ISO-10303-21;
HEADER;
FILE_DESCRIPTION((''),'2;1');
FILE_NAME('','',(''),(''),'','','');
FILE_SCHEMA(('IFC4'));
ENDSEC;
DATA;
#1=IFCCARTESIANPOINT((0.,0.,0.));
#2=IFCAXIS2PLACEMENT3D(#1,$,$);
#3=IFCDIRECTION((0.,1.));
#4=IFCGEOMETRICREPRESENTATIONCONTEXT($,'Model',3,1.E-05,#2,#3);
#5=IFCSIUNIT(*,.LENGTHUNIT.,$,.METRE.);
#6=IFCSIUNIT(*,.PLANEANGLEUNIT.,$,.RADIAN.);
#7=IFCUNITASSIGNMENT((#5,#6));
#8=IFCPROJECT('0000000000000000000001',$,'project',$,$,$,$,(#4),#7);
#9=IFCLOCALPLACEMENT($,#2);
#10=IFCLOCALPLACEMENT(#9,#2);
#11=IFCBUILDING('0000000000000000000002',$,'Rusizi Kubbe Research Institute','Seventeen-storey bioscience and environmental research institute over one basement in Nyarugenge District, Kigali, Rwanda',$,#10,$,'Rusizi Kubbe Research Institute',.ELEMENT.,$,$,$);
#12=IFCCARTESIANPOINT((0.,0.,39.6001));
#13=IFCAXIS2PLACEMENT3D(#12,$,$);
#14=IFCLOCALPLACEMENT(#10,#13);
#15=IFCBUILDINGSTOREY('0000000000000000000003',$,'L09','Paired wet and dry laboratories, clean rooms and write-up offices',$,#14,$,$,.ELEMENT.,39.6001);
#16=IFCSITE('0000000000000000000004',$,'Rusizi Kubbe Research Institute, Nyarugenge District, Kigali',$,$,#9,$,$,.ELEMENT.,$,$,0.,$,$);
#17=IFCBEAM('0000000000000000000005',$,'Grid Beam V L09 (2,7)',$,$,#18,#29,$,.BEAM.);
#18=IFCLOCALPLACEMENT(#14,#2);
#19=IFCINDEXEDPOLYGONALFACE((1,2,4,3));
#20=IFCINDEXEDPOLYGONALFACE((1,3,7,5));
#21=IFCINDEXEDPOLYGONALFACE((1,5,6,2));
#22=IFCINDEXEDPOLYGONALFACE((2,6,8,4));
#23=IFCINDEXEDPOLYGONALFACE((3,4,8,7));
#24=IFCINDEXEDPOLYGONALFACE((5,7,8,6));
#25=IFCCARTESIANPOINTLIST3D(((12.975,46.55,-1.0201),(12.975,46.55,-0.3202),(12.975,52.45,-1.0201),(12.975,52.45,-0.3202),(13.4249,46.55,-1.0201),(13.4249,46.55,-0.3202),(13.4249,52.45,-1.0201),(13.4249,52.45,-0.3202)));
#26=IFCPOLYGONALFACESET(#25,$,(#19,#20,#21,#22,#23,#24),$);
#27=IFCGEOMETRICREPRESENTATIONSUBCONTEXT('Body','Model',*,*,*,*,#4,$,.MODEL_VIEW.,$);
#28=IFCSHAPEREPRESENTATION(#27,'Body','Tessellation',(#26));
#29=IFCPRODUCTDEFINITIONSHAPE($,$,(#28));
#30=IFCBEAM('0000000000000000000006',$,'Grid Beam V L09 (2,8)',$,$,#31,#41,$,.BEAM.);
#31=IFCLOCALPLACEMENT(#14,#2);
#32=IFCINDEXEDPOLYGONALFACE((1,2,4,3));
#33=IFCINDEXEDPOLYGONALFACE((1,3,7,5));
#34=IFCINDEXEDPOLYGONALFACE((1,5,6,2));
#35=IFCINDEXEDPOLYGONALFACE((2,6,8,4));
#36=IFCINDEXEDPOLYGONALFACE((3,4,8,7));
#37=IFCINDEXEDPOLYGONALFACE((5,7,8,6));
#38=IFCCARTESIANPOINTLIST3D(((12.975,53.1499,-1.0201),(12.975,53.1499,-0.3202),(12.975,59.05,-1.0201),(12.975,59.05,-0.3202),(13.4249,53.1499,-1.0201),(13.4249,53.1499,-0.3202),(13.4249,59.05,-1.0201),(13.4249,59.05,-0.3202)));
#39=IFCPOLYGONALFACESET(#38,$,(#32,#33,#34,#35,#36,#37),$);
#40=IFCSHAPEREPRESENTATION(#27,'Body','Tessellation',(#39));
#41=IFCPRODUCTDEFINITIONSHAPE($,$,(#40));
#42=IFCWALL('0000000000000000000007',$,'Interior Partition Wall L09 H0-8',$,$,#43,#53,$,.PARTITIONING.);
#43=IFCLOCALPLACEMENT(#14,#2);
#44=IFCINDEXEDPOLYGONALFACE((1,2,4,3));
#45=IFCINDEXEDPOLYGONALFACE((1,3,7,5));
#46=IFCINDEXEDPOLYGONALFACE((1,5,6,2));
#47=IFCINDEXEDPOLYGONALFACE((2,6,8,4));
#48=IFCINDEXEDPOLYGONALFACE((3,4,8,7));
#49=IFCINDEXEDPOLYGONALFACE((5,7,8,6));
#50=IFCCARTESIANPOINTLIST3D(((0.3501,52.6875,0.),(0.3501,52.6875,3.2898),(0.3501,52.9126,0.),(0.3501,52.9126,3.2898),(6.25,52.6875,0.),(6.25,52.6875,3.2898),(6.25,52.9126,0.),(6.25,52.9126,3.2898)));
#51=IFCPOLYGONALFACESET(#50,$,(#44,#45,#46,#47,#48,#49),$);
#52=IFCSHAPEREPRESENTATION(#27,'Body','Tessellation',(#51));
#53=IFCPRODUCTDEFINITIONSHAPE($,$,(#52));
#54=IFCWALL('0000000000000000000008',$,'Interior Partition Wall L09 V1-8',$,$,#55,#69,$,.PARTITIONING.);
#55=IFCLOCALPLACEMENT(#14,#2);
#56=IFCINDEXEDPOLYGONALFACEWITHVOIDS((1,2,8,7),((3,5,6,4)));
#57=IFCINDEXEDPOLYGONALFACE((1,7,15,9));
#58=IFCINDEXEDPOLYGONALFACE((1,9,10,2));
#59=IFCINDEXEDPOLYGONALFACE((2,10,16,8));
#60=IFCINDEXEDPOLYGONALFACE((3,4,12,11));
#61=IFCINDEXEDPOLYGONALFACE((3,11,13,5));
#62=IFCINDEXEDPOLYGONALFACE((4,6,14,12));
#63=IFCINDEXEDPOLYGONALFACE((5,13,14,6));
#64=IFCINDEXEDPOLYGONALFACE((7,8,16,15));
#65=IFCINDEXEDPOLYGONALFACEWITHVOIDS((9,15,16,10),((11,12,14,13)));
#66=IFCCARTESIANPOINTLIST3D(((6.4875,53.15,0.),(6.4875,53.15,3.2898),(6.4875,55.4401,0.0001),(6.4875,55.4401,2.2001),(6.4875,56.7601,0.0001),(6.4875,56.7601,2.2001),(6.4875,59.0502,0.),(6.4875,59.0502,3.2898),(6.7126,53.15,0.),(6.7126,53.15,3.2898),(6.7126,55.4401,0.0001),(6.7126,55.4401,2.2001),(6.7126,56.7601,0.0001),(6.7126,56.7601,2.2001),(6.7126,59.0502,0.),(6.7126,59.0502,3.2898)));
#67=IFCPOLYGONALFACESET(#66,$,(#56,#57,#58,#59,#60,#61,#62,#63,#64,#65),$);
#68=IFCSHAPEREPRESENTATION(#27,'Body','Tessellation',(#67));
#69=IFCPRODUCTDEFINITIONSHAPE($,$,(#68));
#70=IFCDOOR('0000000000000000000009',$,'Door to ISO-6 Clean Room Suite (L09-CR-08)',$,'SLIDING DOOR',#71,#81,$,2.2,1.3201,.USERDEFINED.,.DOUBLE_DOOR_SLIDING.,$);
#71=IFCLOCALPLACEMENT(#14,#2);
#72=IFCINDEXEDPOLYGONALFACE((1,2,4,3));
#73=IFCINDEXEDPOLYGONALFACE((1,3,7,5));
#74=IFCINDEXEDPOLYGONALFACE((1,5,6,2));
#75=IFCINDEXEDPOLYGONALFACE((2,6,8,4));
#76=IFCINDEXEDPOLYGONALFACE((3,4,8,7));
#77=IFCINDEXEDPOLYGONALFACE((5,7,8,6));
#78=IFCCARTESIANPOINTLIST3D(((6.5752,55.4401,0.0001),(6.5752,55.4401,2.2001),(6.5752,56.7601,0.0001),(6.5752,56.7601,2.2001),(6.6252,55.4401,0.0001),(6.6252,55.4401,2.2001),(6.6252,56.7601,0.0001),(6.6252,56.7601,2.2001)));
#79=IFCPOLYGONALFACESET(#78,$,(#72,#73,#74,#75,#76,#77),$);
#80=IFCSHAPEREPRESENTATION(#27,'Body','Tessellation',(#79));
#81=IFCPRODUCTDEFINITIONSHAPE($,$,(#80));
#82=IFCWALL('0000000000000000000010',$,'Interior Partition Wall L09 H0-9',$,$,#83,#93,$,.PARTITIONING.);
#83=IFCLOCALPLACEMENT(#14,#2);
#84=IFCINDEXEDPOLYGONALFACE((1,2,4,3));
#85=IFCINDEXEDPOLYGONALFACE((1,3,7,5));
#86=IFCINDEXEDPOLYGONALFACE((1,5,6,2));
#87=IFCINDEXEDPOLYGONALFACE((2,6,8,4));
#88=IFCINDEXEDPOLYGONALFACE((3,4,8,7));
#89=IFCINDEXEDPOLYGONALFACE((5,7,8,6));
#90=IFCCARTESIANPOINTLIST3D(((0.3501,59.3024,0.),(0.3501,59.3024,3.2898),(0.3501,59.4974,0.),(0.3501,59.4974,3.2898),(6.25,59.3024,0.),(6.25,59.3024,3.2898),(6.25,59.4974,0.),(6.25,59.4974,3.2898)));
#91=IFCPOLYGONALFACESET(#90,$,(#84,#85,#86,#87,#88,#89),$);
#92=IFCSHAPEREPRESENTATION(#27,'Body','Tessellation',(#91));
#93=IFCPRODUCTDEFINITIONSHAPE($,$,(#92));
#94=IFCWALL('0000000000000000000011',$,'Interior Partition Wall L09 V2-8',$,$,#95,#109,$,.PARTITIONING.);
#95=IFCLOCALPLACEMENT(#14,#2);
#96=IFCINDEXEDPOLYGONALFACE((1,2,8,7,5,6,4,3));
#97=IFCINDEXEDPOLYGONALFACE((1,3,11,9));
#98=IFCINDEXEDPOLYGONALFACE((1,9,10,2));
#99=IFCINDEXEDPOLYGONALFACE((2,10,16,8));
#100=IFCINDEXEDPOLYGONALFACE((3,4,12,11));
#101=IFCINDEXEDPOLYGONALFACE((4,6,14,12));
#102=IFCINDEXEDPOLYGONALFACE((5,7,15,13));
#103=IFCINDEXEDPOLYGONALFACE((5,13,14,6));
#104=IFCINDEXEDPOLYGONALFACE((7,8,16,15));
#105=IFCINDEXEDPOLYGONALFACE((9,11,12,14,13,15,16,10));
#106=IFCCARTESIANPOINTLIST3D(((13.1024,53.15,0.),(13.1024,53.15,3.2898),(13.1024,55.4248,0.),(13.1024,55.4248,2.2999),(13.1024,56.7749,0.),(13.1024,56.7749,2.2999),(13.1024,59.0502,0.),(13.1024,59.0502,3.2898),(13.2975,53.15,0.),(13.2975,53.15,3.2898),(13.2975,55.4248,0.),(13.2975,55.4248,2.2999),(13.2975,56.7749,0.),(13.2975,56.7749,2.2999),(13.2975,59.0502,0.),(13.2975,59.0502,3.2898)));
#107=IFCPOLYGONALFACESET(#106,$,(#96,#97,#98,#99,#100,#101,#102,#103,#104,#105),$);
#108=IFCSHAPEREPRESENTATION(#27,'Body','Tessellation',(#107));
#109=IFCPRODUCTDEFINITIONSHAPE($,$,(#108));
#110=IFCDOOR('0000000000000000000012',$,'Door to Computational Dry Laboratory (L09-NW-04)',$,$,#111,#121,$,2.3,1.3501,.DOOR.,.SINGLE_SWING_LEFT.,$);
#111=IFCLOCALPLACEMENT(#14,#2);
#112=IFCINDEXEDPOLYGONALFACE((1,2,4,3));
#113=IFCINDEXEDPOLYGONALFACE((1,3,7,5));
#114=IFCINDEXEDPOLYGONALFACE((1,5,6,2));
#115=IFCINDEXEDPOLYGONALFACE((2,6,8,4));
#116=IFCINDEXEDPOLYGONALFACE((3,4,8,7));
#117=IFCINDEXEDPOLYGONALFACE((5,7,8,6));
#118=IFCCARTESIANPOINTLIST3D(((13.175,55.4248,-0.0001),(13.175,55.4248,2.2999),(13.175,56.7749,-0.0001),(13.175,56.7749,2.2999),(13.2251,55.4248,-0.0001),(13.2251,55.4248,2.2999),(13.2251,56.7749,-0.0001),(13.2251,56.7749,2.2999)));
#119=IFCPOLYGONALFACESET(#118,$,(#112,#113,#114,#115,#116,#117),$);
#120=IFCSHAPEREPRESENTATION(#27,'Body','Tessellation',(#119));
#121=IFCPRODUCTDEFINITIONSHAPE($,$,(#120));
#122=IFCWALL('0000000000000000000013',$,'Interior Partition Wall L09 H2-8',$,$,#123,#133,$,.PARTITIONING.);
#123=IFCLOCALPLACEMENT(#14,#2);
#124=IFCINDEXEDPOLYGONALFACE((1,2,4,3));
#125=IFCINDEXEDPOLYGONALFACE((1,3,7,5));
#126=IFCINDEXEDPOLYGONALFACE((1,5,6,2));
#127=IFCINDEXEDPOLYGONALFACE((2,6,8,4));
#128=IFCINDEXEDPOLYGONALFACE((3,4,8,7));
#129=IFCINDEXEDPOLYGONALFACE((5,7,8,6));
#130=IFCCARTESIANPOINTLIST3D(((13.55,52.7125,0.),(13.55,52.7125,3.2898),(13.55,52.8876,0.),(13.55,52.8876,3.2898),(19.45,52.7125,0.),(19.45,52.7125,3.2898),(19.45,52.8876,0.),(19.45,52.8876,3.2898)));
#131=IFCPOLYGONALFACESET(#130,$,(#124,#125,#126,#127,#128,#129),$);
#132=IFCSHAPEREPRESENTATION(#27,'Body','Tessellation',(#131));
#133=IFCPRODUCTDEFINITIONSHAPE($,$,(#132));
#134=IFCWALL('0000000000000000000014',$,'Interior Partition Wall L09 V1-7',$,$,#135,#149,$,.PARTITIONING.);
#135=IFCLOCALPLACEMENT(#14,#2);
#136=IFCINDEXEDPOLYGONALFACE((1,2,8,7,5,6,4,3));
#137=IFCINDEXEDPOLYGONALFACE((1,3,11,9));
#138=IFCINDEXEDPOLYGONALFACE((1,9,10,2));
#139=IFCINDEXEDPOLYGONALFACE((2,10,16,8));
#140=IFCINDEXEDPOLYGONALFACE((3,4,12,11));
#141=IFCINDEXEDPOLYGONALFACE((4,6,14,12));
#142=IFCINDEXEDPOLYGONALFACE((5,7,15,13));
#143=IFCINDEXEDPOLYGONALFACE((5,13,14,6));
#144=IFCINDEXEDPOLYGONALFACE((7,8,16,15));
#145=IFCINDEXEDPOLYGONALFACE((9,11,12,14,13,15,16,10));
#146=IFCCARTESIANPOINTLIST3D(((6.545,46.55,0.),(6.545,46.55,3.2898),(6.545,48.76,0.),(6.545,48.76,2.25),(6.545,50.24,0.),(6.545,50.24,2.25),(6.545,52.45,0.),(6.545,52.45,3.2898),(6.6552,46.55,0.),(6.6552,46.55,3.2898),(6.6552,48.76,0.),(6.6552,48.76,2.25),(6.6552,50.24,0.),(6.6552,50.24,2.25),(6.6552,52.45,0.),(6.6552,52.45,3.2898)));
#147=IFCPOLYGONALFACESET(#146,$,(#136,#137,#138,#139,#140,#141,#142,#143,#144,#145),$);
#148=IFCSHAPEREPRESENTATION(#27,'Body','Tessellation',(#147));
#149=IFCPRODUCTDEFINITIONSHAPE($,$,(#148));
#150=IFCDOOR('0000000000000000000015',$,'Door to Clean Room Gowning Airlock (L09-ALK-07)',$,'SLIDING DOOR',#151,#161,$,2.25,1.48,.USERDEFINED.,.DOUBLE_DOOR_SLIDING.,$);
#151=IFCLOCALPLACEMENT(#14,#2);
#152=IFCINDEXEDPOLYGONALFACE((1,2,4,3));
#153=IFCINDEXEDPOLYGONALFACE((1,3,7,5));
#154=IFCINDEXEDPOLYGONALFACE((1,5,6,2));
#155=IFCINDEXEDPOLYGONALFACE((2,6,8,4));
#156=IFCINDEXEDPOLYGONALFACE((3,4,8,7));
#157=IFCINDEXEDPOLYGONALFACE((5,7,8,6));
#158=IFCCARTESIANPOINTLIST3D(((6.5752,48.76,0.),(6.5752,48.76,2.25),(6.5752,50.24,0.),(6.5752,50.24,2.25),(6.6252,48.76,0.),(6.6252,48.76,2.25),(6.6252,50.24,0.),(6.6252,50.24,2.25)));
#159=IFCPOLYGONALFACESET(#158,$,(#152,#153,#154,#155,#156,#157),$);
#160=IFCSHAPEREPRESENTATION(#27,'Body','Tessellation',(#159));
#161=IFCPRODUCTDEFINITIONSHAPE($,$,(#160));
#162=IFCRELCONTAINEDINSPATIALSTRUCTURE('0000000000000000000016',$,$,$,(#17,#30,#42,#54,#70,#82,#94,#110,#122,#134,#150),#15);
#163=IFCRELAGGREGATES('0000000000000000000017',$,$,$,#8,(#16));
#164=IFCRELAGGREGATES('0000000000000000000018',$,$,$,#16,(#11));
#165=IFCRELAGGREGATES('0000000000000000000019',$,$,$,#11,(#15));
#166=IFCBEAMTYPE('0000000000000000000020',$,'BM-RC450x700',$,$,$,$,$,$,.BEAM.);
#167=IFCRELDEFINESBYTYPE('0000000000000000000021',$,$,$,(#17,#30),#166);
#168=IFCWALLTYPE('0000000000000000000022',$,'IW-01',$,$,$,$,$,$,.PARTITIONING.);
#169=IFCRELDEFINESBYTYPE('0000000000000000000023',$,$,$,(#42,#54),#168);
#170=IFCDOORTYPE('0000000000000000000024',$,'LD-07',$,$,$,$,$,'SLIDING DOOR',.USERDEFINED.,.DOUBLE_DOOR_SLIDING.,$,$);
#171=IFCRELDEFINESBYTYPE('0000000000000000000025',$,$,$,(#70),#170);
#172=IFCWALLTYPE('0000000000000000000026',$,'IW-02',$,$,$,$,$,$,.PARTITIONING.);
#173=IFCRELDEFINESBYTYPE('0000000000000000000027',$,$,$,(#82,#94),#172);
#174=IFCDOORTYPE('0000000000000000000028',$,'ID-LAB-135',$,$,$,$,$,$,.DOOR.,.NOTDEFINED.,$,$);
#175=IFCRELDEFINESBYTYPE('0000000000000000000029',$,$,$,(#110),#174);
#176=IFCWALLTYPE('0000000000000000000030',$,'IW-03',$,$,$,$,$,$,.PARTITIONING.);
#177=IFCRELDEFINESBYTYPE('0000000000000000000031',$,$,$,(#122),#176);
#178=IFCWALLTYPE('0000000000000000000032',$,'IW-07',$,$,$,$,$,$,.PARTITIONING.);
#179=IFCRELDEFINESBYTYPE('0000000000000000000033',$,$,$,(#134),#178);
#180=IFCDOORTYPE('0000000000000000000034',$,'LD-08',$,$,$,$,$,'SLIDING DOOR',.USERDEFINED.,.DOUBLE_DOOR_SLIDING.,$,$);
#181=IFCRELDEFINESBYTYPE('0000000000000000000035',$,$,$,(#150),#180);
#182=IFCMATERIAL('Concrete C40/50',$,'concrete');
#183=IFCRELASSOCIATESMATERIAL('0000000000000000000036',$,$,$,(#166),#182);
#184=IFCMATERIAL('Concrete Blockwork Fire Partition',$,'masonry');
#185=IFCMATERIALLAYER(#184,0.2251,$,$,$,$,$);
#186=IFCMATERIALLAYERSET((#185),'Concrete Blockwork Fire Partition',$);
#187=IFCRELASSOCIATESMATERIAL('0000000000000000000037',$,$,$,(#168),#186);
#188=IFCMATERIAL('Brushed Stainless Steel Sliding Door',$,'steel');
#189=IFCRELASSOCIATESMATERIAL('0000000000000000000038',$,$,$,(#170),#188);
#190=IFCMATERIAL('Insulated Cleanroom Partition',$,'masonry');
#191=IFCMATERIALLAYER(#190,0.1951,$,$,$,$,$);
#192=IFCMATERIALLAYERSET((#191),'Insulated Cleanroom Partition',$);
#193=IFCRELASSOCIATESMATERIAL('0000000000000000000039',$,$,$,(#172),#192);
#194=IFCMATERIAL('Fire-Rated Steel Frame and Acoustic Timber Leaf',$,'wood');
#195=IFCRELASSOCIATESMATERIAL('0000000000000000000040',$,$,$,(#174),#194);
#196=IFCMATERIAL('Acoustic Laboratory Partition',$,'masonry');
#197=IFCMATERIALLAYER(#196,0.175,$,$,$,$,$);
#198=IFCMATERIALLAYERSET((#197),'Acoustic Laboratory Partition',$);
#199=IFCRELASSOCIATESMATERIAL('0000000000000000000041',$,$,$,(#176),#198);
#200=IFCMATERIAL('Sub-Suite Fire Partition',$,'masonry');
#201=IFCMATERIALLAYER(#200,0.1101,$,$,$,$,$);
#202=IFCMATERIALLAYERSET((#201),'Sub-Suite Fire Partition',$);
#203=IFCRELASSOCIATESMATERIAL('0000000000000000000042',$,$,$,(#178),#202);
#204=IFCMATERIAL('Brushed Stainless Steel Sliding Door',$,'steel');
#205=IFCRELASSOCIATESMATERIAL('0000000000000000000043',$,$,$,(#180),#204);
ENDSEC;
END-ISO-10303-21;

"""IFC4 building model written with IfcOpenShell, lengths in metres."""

from ifc_helpers import new_model, si_unit, direction, frame, frame_2d, origin, origin_2d, place, context, subcontext, project, spatial, rectangle, extrude, material, layer, layer_set, material_profile, profile_set, type_object, element, fill, save


model = new_model("IFC4")

# Units and contexts
model_context = context("Model", 3, precision=1e-05, world=origin(), true_north=direction((0.0, 1.0)))
body_context = subcontext(model_context, "Body", "Model", "MODEL_VIEW")
ifc_project = project(units=[si_unit("LENGTHUNIT", "METRE"), si_unit("PLANEANGLEUNIT", "RADIAN")], contexts=[model_context])

# Site, building, storey
site_placement = place(None, origin())
site = spatial("IfcSite", under=ifc_project, at=site_placement, Name="Rusizi Kubbe Research Institute, Nyarugenge District, Kigali", CompositionType="ELEMENT", RefElevation=0.0)
building_placement = place(site_placement, origin())
building = spatial("IfcBuilding", under=site, at=building_placement, Name="Rusizi Kubbe Research Institute", Description="Seventeen-storey bioscience and environmental research institute over one basement in Nyarugenge District, Kigali, Rwanda", LongName="Rusizi Kubbe Research Institute", CompositionType="ELEMENT")
storey_placement = place(building_placement, frame((0.0, 0.0, 39.6001)))
storey = spatial("IfcBuildingStorey", under=building, at=storey_placement, Name="L09", Description="Paired wet and dry laboratories, clean rooms and write-up offices", CompositionType="ELEMENT", Elevation=39.6001)

# Beams
ifc_material_1 = material(Name="Concrete C40/50", Category="concrete")
ifc_material_profile_1 = material_profile(ifc_material_1, rectangle(XDim=0.45, YDim=0.7, at=origin_2d()), Name="RC450x700B")
ifc_profile_set_1 = profile_set([ifc_material_profile_1], Name="Concrete C40/50")
beam_type_1 = type_object("IfcBeamType", Name="BM-RC450x700", PredefinedType="BEAM", material=ifc_profile_set_1)
beam_1_placement = place(storey_placement, frame((13.2, 46.55, -0.6702), z_axis=(0.0, 1.0, 0.0), x_axis=(-1.0, 0.0, 0.0)))
element("IfcBeam", 1, at=beam_1_placement, inside=storey, type_object=beam_type_1, Name="Grid Beam V L09 (2,7)", PredefinedType="BEAM", context=body_context, shape_type="SweptSolid", body=[
    extrude(rectangle(XDim=0.45, YDim=0.7, at=origin_2d()), origin(), (0.0, 0.0, 1.0), 5.8999),
])
beam_2_placement = place(storey_placement, frame((13.2, 53.1499, -0.6702), z_axis=(0.0, 1.0, 0.0), x_axis=(-1.0, 0.0, 0.0)))
element("IfcBeam", 2, at=beam_2_placement, inside=storey, type_object=beam_type_1, Name="Grid Beam V L09 (2,8)", PredefinedType="BEAM", context=body_context, shape_type="SweptSolid", body=[
    extrude(rectangle(XDim=0.45, YDim=0.7, at=origin_2d()), origin(), (0.0, 0.0, 1.0), 5.9001),
])

# Wall
ifc_material_2 = material(Name="Concrete Blockwork Fire Partition", Category="masonry")
ifc_layer_1 = layer(ifc_material_2, 0.2251)
ifc_layer_set_1 = layer_set([ifc_layer_1], Name="Concrete Blockwork Fire Partition")
wall_type_1 = type_object("IfcWallType", Name="IW-01", PredefinedType="PARTITIONING", material=ifc_layer_set_1)
wall_1_placement = place(storey_placement, frame((0.3501, 52.8, 0.0), z_axis=(0.0, 0.0, 1.0), x_axis=(1.0, 0.0, 0.0)))
element("IfcWall", 3, at=wall_1_placement, inside=storey, type_object=wall_type_1, Name="Interior Partition Wall L09 H0-8", PredefinedType="PARTITIONING", context=body_context, shape_type="SweptSolid", body=[
    extrude(rectangle(XDim=5.8999, YDim=0.2251, at=frame_2d((2.95, 0.0))), origin(), (0.0, 0.0, 1.0), 3.2898),
])

# Wall, opening, door
wall_2_placement = place(storey_placement, frame((6.6001, 53.1499, 0.0), z_axis=(0.0, 0.0, 1.0), x_axis=(0.0, 1.0, 0.0)))
wall_2 = element("IfcWall", 4, at=wall_2_placement, inside=storey, type_object=wall_type_1, Name="Interior Partition Wall L09 V1-8", PredefinedType="PARTITIONING", context=body_context, shape_type="SweptSolid", body=[
    extrude(rectangle(XDim=5.9001, YDim=0.2251, at=frame_2d((2.9502, 0.0))), origin(), (0.0, 0.0, 1.0), 3.2898),
])
opening_1_placement = place(wall_2_placement, frame((2.29, 0.0, 0.0)))
opening_1 = element("IfcOpeningElement", 5, at=opening_1_placement, cuts=wall_2, PredefinedType="OPENING", context=body_context, shape_type="SweptSolid", body=[
    extrude(rectangle(XDim=1.3201, YDim=2.2, at=frame_2d((0.6602, 1.1001))), frame((0.0, 0.1226, 0.0), z_axis=(0.0, -1.0, 0.0), x_axis=(1.0, 0.0, 0.0)), (0.0, 0.0, 1.0), 0.2451),
])
ifc_material_3 = material(Name="Brushed Stainless Steel Sliding Door", Category="steel")
door_type_1 = type_object("IfcDoorType", Name="LD-07", ElementType="SLIDING DOOR", OperationType="DOUBLE_DOOR_SLIDING", PredefinedType="USERDEFINED", material=ifc_material_3)
door_1_placement = place(opening_1_placement, origin())
door_1 = element("IfcDoor", 6, at=door_1_placement, inside=storey, type_object=door_type_1, Name="Door to ISO-6 Clean Room Suite (L09-CR-08)", ObjectType="SLIDING DOOR", OperationType="DOUBLE_DOOR_SLIDING", OverallHeight=2.2, OverallWidth=1.3201, PredefinedType="USERDEFINED", context=body_context, shape_type="SweptSolid", body=[
    extrude(rectangle(XDim=1.3201, YDim=2.2, at=frame_2d((0.6602, 1.1001))), frame((0.0, 0.0249, 0.0), z_axis=(0.0, -1.0, 0.0), x_axis=(1.0, 0.0, 0.0)), (0.0, 0.0, 1.0), 0.05),
])
fill(opening_1, door_1)

# Wall
ifc_material_4 = material(Name="Insulated Cleanroom Partition", Category="masonry")
ifc_layer_2 = layer(ifc_material_4, 0.1951)
ifc_layer_set_2 = layer_set([ifc_layer_2], Name="Insulated Cleanroom Partition")
wall_type_2 = type_object("IfcWallType", Name="IW-02", PredefinedType="PARTITIONING", material=ifc_layer_set_2)
wall_3_placement = place(storey_placement, frame((0.3501, 59.3999, 0.0), z_axis=(0.0, 0.0, 1.0), x_axis=(1.0, 0.0, 0.0)))
element("IfcWall", 7, at=wall_3_placement, inside=storey, type_object=wall_type_2, Name="Interior Partition Wall L09 H0-9", PredefinedType="PARTITIONING", context=body_context, shape_type="SweptSolid", body=[
    extrude(rectangle(XDim=5.8999, YDim=0.1951, at=frame_2d((2.95, 0.0))), origin(), (0.0, 0.0, 1.0), 3.2898),
])

# Wall, opening, door
wall_4_placement = place(storey_placement, frame((13.2, 53.1499, 0.0), z_axis=(0.0, 0.0, 1.0), x_axis=(0.0, 1.0, 0.0)))
wall_4 = element("IfcWall", 8, at=wall_4_placement, inside=storey, type_object=wall_type_2, Name="Interior Partition Wall L09 V2-8", PredefinedType="PARTITIONING", context=body_context, shape_type="SweptSolid", body=[
    extrude(rectangle(XDim=5.9001, YDim=0.1951, at=frame_2d((2.9502, 0.0))), origin(), (0.0, 0.0, 1.0), 3.2898),
])
opening_2_placement = place(wall_4_placement, frame((2.2749, 0.0, 0.0)))
opening_2 = element("IfcOpeningElement", 9, at=opening_2_placement, cuts=wall_4, PredefinedType="OPENING", context=body_context, shape_type="SweptSolid", body=[
    extrude(rectangle(XDim=1.3501, YDim=2.3, at=frame_2d((0.675, 1.1499))), frame((0.0, 0.1074, 0.0), z_axis=(0.0, -1.0, 0.0), x_axis=(1.0, 0.0, 0.0)), (0.0, 0.0, 1.0), 0.2151),
])
ifc_material_5 = material(Name="Fire-Rated Steel Frame and Acoustic Timber Leaf", Category="wood")
door_type_2 = type_object("IfcDoorType", Name="ID-LAB-135", OperationType="NOTDEFINED", PredefinedType="DOOR", material=ifc_material_5)
door_2_placement = place(opening_2_placement, origin())
door_2 = element("IfcDoor", 10, at=door_2_placement, inside=storey, type_object=door_type_2, Name="Door to Computational Dry Laboratory (L09-NW-04)", OperationType="SINGLE_SWING_LEFT", OverallHeight=2.3, OverallWidth=1.3501, PredefinedType="DOOR", context=body_context, shape_type="SweptSolid", body=[
    extrude(rectangle(XDim=1.3501, YDim=2.3, at=frame_2d((0.675, 1.1499))), frame((0.0, 0.0249, 0.0), z_axis=(0.0, -1.0, 0.0), x_axis=(1.0, 0.0, 0.0)), (0.0, 0.0, 1.0), 0.05),
])
fill(opening_2, door_2)

# Wall
ifc_material_6 = material(Name="Acoustic Laboratory Partition", Category="masonry")
ifc_layer_3 = layer(ifc_material_6, 0.175)
ifc_layer_set_3 = layer_set([ifc_layer_3], Name="Acoustic Laboratory Partition")
wall_type_3 = type_object("IfcWallType", Name="IW-03", PredefinedType="PARTITIONING", material=ifc_layer_set_3)
wall_5_placement = place(storey_placement, frame((13.55, 52.8, 0.0), z_axis=(0.0, 0.0, 1.0), x_axis=(1.0, 0.0, 0.0)))
element("IfcWall", 11, at=wall_5_placement, inside=storey, type_object=wall_type_3, Name="Interior Partition Wall L09 H2-8", PredefinedType="PARTITIONING", context=body_context, shape_type="SweptSolid", body=[
    extrude(rectangle(XDim=5.8999, YDim=0.175, at=frame_2d((2.95, 0.0))), origin(), (0.0, 0.0, 1.0), 3.2898),
])

# Wall, opening, door
ifc_material_7 = material(Name="Sub-Suite Fire Partition", Category="masonry")
ifc_layer_4 = layer(ifc_material_7, 0.1101)
ifc_layer_set_4 = layer_set([ifc_layer_4], Name="Sub-Suite Fire Partition")
wall_type_4 = type_object("IfcWallType", Name="IW-07", PredefinedType="PARTITIONING", material=ifc_layer_set_4)
wall_6_placement = place(storey_placement, frame((6.6001, 46.55, 0.0), z_axis=(0.0, 0.0, 1.0), x_axis=(0.0, 1.0, 0.0)))
wall_6 = element("IfcWall", 12, at=wall_6_placement, inside=storey, type_object=wall_type_4, Name="Interior Partition Wall L09 V1-7", PredefinedType="PARTITIONING", context=body_context, shape_type="SweptSolid", body=[
    extrude(rectangle(XDim=5.8999, YDim=0.1101, at=frame_2d((2.95, 0.0))), origin(), (0.0, 0.0, 1.0), 3.2898),
])
opening_3_placement = place(wall_6_placement, frame((2.21, 0.0, 0.0)))
opening_3 = element("IfcOpeningElement", 13, at=opening_3_placement, cuts=wall_6, PredefinedType="OPENING", context=body_context, shape_type="SweptSolid", body=[
    extrude(rectangle(XDim=1.48, YDim=2.25, at=frame_2d((0.74, 1.125))), frame((0.0, 0.0649, 0.0), z_axis=(0.0, -1.0, 0.0), x_axis=(1.0, 0.0, 0.0)), (0.0, 0.0, 1.0), 0.1301),
])
ifc_material_8 = material(Name="Brushed Stainless Steel Sliding Door", Category="steel")
door_type_3 = type_object("IfcDoorType", Name="LD-08", ElementType="SLIDING DOOR", OperationType="DOUBLE_DOOR_SLIDING", PredefinedType="USERDEFINED", material=ifc_material_8)
door_3_placement = place(opening_3_placement, origin())
door_3 = element("IfcDoor", 14, at=door_3_placement, inside=storey, type_object=door_type_3, Name="Door to Clean Room Gowning Airlock (L09-ALK-07)", ObjectType="SLIDING DOOR", OperationType="DOUBLE_DOOR_SLIDING", OverallHeight=2.25, OverallWidth=1.48, PredefinedType="USERDEFINED", context=body_context, shape_type="SweptSolid", body=[
    extrude(rectangle(XDim=1.48, YDim=2.25, at=frame_2d((0.74, 1.125))), frame((0.0, 0.0249, 0.0), z_axis=(0.0, -1.0, 0.0), x_axis=(1.0, 0.0, 0.0)), (0.0, 0.0, 1.0), 0.05),
])
fill(opening_3, door_3)

save(model, "model.ifc")
